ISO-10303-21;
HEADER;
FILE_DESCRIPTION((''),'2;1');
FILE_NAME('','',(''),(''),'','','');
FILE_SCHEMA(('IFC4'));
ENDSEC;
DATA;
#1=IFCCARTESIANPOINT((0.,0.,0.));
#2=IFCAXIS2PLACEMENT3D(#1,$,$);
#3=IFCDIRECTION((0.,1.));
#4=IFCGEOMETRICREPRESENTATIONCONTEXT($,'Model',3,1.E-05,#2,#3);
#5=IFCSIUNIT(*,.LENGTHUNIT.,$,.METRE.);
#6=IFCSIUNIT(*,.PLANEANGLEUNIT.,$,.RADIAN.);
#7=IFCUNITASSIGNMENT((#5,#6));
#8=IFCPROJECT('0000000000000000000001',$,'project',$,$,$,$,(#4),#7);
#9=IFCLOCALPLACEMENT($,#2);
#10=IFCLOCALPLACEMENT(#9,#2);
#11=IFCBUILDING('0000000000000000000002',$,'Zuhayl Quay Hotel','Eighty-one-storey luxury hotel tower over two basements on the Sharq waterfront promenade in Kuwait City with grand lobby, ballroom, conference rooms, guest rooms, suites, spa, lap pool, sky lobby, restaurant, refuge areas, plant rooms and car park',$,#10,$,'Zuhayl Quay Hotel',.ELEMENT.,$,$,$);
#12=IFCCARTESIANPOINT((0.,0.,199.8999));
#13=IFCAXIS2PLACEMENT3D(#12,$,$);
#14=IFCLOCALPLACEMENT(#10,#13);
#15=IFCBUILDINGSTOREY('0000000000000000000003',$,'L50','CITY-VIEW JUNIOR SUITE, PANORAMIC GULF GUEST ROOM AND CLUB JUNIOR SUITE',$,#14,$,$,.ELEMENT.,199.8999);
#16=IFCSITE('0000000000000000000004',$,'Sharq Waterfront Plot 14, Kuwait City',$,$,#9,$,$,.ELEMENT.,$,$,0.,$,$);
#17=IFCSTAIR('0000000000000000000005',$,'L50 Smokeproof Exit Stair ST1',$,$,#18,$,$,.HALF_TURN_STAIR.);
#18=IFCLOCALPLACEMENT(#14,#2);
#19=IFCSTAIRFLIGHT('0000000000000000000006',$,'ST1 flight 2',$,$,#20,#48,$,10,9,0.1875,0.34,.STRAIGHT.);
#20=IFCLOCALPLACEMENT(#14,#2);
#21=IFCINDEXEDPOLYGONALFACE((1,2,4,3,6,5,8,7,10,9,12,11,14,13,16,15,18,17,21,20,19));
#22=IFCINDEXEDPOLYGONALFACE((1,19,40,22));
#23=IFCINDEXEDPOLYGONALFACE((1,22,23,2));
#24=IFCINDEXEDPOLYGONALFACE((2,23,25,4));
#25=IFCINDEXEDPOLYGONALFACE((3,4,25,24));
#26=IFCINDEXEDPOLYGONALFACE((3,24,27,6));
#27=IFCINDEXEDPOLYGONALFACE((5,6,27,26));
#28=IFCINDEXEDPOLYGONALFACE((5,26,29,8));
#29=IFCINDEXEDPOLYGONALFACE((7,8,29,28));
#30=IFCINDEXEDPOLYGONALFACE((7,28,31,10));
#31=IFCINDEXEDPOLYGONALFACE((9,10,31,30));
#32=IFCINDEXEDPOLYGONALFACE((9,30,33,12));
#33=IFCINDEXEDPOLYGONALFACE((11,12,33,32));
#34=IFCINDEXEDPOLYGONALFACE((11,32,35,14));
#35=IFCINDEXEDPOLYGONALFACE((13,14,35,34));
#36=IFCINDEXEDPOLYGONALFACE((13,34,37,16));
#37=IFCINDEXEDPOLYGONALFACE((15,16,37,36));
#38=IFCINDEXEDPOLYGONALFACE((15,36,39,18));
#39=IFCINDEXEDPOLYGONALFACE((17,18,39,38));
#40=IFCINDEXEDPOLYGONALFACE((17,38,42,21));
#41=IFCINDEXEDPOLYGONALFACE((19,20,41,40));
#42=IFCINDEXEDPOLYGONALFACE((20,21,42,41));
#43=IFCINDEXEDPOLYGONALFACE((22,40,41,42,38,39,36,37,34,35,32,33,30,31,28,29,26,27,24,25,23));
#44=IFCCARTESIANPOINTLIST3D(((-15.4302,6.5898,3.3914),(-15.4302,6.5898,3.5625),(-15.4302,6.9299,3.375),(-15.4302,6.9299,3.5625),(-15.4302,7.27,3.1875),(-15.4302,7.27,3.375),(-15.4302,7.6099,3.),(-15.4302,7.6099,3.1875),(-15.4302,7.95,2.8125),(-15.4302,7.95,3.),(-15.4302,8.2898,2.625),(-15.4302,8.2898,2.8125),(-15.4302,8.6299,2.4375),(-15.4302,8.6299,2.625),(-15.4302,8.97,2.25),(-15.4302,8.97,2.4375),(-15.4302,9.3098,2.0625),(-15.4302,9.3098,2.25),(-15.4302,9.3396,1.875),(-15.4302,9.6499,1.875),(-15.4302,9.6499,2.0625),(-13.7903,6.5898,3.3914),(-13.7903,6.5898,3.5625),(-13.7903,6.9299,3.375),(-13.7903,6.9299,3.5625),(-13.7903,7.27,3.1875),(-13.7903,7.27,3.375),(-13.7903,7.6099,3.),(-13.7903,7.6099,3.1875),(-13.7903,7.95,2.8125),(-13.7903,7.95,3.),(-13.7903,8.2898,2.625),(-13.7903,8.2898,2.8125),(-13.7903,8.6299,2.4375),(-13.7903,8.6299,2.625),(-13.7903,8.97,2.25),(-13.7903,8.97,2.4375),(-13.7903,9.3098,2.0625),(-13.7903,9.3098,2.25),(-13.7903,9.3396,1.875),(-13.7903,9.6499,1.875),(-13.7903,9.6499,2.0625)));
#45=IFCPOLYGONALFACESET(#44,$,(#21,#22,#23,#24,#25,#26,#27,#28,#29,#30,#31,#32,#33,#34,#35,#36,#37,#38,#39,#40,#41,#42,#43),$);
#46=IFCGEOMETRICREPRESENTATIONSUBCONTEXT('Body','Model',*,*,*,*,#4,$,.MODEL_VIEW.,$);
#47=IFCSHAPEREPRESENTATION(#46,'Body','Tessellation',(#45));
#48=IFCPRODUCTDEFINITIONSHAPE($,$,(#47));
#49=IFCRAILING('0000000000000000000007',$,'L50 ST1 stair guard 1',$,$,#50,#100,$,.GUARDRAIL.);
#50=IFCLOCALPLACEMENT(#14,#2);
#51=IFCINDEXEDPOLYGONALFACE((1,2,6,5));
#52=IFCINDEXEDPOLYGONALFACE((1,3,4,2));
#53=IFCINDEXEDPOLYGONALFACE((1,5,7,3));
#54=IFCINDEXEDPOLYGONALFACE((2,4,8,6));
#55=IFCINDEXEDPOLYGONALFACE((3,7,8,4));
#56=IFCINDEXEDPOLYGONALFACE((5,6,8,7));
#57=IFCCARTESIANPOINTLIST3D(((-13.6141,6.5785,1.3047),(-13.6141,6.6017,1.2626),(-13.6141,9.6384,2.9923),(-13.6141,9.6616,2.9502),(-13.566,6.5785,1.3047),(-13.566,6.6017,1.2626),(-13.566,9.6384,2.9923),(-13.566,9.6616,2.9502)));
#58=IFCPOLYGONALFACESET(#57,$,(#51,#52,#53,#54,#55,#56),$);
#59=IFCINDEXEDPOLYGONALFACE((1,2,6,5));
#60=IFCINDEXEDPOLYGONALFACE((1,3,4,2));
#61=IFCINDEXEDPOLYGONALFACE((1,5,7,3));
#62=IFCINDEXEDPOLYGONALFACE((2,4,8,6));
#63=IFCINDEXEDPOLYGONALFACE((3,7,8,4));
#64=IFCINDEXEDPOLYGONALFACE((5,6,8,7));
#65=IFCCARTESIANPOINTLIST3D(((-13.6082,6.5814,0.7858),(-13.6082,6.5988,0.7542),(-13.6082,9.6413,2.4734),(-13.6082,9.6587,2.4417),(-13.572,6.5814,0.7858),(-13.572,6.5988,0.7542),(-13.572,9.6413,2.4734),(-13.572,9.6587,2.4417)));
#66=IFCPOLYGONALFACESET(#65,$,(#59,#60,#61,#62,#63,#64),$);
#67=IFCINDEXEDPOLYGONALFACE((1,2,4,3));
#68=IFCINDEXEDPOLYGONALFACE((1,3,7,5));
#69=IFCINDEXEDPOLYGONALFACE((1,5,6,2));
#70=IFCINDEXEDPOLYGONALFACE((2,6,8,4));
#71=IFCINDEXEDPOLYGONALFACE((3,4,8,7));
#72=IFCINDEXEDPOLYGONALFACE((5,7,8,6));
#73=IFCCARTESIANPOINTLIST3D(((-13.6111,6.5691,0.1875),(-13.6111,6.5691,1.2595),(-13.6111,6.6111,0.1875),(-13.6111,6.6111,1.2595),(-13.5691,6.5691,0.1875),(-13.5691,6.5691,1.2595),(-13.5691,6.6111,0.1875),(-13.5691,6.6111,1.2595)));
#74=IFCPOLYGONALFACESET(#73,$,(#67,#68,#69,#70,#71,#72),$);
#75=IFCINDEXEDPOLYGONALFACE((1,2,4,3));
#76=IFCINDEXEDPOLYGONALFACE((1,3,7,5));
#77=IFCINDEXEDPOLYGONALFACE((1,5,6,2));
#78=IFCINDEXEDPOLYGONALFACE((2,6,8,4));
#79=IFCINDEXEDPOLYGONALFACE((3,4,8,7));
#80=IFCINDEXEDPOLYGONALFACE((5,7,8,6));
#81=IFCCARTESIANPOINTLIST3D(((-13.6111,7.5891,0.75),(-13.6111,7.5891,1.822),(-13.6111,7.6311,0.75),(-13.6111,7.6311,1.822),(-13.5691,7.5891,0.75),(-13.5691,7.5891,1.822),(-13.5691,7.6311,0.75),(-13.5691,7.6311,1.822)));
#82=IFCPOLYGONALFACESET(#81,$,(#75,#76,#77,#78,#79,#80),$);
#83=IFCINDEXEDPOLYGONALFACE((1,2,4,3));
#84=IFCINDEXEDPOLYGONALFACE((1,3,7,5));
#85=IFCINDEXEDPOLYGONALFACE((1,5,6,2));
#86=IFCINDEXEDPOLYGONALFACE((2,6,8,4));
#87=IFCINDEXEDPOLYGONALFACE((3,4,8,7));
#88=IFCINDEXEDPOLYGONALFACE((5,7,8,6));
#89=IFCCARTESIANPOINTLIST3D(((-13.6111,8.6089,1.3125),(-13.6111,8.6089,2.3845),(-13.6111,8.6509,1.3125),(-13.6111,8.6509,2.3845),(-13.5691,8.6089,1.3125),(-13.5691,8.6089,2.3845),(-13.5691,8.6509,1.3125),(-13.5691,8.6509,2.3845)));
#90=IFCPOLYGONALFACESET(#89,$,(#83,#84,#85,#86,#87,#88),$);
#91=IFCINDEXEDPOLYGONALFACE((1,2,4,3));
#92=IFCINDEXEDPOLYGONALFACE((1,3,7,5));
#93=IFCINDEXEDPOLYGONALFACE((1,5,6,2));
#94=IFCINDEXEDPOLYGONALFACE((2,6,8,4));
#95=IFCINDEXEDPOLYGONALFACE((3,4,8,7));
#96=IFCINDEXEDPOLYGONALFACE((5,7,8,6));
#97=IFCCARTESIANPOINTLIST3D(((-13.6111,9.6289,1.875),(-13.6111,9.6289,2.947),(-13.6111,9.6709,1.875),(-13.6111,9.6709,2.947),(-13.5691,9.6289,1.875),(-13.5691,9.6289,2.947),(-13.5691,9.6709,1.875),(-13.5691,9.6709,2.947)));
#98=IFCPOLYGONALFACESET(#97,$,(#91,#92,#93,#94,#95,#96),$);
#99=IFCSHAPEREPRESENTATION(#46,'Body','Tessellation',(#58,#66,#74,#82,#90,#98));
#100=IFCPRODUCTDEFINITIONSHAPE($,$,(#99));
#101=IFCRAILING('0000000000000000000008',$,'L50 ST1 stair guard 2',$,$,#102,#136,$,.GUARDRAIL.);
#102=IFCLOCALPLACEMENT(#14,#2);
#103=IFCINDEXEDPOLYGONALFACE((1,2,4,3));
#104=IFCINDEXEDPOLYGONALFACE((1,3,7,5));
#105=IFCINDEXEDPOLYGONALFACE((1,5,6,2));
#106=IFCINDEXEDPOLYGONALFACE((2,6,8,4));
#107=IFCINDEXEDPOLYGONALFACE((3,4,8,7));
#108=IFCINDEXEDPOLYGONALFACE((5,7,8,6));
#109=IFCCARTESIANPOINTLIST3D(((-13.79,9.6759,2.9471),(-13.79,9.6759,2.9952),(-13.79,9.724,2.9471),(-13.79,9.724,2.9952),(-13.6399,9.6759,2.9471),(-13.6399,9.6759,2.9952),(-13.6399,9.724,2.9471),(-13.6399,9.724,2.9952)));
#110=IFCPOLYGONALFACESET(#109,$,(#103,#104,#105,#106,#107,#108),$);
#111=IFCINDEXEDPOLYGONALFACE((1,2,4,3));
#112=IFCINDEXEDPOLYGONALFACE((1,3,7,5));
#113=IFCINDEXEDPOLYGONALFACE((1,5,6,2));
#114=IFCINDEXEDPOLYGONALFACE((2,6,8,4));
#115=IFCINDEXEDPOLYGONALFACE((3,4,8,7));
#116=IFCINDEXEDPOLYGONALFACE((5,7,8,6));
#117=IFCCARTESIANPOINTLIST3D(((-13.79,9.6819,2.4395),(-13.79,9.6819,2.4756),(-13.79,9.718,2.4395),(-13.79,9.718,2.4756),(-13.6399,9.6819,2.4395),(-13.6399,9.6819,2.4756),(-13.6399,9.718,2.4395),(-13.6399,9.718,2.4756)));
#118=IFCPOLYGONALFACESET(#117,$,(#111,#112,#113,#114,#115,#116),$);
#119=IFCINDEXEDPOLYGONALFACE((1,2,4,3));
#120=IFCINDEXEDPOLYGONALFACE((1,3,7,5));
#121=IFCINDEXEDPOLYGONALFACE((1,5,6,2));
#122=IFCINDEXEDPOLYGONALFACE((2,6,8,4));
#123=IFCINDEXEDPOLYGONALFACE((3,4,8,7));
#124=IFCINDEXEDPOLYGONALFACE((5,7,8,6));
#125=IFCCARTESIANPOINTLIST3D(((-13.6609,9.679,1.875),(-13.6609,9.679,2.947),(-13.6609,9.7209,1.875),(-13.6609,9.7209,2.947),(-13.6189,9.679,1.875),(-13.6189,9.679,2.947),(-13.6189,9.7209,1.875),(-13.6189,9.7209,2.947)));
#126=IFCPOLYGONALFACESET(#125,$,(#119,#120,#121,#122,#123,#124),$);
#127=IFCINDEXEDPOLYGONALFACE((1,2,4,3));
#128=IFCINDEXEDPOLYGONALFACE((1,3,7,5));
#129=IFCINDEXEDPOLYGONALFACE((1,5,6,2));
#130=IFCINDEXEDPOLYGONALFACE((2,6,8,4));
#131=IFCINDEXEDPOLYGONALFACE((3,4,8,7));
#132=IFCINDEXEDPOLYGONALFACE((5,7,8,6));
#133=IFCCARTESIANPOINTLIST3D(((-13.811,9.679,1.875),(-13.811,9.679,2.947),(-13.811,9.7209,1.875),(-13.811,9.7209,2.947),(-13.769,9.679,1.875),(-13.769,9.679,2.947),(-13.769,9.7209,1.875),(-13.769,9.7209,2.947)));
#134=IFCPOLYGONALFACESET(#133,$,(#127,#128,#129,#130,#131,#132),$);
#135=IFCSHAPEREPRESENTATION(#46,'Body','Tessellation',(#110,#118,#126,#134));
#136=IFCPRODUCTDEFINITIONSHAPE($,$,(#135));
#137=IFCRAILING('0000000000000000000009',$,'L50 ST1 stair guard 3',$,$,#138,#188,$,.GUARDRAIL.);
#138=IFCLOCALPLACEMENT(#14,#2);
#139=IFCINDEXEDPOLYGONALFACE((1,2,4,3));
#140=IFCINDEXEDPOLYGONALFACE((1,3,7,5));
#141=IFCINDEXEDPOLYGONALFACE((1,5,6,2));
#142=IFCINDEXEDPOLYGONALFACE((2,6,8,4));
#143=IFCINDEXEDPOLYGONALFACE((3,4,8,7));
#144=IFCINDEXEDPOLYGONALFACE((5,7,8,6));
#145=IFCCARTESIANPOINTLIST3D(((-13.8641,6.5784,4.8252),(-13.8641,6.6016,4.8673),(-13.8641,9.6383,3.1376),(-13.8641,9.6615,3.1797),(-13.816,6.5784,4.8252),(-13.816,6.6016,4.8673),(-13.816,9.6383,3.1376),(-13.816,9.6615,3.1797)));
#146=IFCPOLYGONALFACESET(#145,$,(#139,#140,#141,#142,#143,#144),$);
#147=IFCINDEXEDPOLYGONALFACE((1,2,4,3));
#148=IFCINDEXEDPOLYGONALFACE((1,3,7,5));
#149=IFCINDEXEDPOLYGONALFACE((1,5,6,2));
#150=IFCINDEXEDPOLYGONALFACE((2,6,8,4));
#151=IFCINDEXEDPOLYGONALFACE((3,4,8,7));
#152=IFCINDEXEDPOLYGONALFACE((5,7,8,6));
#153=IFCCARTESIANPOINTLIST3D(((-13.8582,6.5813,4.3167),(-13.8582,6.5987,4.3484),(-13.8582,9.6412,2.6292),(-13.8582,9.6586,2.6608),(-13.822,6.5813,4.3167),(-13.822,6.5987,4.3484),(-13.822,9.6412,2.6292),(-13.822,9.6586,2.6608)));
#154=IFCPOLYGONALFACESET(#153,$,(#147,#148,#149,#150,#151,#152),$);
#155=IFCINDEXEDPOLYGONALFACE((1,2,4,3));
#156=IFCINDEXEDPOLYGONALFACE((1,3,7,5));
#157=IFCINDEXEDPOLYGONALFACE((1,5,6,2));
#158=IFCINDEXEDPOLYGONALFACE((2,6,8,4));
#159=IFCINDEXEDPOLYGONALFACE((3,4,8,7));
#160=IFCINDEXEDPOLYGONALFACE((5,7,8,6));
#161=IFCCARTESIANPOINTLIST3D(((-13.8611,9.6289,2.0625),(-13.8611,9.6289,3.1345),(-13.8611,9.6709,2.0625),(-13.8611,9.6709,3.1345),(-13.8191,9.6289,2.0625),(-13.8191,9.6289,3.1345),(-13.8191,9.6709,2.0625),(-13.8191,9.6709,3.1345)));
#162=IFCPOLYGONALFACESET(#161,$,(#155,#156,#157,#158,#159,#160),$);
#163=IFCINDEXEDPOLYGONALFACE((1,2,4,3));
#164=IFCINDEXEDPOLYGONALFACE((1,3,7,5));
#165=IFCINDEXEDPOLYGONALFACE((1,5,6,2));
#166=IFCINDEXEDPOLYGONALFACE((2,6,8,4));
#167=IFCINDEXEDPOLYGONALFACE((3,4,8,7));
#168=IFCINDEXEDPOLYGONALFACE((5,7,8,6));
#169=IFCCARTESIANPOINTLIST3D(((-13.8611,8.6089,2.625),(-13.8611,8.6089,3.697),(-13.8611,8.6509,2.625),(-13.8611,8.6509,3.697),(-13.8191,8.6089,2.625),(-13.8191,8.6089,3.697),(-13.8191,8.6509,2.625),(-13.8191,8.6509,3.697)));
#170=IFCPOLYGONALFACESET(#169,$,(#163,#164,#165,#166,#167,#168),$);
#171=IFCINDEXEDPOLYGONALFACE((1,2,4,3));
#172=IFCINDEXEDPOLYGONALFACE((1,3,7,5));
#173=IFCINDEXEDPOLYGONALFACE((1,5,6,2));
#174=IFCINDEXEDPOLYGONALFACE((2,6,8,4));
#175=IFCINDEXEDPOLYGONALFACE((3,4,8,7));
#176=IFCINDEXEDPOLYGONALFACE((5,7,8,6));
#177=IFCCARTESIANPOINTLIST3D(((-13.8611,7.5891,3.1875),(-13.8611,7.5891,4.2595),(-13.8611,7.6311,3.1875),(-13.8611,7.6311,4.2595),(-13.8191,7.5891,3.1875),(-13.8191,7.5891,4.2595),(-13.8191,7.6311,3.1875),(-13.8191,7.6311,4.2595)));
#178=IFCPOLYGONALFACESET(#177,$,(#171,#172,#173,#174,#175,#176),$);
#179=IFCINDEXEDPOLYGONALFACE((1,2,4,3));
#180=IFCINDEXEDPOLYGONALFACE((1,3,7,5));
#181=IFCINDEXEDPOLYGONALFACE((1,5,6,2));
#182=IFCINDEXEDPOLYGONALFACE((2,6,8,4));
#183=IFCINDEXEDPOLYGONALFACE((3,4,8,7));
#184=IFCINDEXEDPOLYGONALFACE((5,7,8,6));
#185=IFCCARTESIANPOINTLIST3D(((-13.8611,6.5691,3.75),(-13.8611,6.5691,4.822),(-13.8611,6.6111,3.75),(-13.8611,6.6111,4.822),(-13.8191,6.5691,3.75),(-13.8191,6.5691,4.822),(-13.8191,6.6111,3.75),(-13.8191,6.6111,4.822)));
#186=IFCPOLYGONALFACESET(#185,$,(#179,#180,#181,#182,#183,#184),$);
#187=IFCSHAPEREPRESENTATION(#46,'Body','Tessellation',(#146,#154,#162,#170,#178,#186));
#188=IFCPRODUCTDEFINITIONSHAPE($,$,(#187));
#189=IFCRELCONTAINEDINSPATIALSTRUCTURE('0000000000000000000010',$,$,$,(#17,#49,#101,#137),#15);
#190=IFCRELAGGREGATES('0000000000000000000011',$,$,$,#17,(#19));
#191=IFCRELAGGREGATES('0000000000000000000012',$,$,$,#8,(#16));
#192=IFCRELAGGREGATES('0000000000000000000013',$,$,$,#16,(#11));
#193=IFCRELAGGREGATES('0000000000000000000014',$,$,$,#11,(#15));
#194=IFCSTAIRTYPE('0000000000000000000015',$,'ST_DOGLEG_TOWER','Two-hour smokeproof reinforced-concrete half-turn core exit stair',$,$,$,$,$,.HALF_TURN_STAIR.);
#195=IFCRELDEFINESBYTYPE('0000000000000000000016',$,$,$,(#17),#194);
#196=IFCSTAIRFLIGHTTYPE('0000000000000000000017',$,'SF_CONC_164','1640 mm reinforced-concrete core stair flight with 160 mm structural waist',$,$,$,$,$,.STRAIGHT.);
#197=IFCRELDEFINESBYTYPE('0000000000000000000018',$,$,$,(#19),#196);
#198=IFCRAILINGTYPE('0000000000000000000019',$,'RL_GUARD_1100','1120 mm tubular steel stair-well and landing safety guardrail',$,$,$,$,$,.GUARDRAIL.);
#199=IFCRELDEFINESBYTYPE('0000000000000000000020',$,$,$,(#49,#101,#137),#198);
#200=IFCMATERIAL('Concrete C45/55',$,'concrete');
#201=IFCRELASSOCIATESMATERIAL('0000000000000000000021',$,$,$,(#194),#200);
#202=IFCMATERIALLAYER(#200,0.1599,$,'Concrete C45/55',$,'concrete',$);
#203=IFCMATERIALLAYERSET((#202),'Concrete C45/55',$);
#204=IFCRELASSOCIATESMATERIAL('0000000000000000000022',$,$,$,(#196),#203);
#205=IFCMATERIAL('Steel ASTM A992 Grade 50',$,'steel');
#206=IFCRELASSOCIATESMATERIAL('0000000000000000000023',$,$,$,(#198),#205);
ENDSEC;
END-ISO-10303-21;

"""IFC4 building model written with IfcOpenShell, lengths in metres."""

from ifc_helpers import new_model, si_unit, direction, frame, origin, origin_2d, place, context, subcontext, project, spatial, polyline, rectangle, outline, extrude, material, layer, layer_set, type_object, element, aggregate, save


model = new_model("IFC4")

# Units and contexts
model_context = context("Model", 3, precision=1e-05, world=origin(), true_north=direction((0.0, 1.0)))
body_context = subcontext(model_context, "Body", "Model", "MODEL_VIEW")
ifc_project = project(units=[si_unit("LENGTHUNIT", "METRE"), si_unit("PLANEANGLEUNIT", "RADIAN")], contexts=[model_context])

# Site, building, storey
site_placement = place(None, origin())
site = spatial("IfcSite", under=ifc_project, at=site_placement, Name="Sharq Waterfront Plot 14, Kuwait City", CompositionType="ELEMENT", RefElevation=0.0)
building_placement = place(site_placement, origin())
building = spatial("IfcBuilding", under=site, at=building_placement, Name="Zuhayl Quay Hotel", Description="Eighty-one-storey luxury hotel tower over two basements on the Sharq waterfront promenade in Kuwait City with grand lobby, ballroom, conference rooms, guest rooms, suites, spa, lap pool, sky lobby, restaurant, refuge areas, plant rooms and car park", LongName="Zuhayl Quay Hotel", CompositionType="ELEMENT")
storey_placement = place(building_placement, frame((0.0, 0.0, 199.8999)))
storey = spatial("IfcBuildingStorey", under=building, at=storey_placement, Name="L50", Description="CITY-VIEW JUNIOR SUITE, PANORAMIC GULF GUEST ROOM AND CLUB JUNIOR SUITE", CompositionType="ELEMENT", Elevation=199.8999)

# Shared definitions
ifc_material_1 = material(Name="Steel ASTM A992 Grade 50", Category="steel")

# Stair, stair flight
ifc_material_2 = material(Name="Concrete C45/55", Category="concrete")
stair_type = type_object("IfcStairType", Name="ST_DOGLEG_TOWER", Description="Two-hour smokeproof reinforced-concrete half-turn core exit stair", PredefinedType="HALF_TURN_STAIR", material=ifc_material_2)
stair_placement = place(storey_placement, origin())
stair = element("IfcStair", 1, at=stair_placement, inside=storey, type_object=stair_type, Name="L50 Smokeproof Exit Stair ST1", PredefinedType="HALF_TURN_STAIR")
ifc_layer_1 = layer(ifc_material_2, 0.1599, Name="Concrete C45/55", Category="concrete")
ifc_layer_set_1 = layer_set([ifc_layer_1], Name="Concrete C45/55")
stair_flight_type = type_object("IfcStairFlightType", Name="SF_CONC_164", Description="1640 mm reinforced-concrete core stair flight with 160 mm structural waist", PredefinedType="STRAIGHT", material=ifc_layer_set_1)
stair_flight_1_placement = place(storey_placement, frame((-14.6101, 9.6499, 1.875), z_axis=(0.0, 0.0, 1.0), x_axis=(0.0, -1.0, 0.0)))
stair_flight_1 = element("IfcStairFlight", 2, at=stair_flight_1_placement, type_object=stair_flight_type, Name="ST1 flight 2", NumberOfRisers=10, NumberOfTreads=9, PredefinedType="STRAIGHT", RiserHeight=0.1875, TreadLength=0.34, context=body_context, shape_type="SweptSolid", body=[
    extrude(outline(polyline([(0.0, 0.0), (0.0, 0.1875), (0.3401, 0.1875), (0.3401, 0.375), (0.6799, 0.375), (0.6799, 0.5625), (1.02, 0.5625), (1.02, 0.75), (1.3601, 0.75), (1.3601, 0.9375), (1.7, 0.9375), (1.7, 1.125), (2.04, 1.125), (2.04, 1.3125), (2.3799, 1.3125), (2.3799, 1.5), (2.72, 1.5), (2.72, 1.6875), (3.0601, 1.6875), (3.0601, 1.875), (3.0601, 1.5164), (0.3103, 0.0), (0.0, 0.0)])), frame((0.0, 0.8198, 0.0), z_axis=(0.0, -1.0, 0.0), x_axis=(1.0, 0.0, 0.0)), (0.0, 0.0, 1.0), 1.6399),
])
aggregate(stair, [stair_flight_1])

# Railings
railing_type_1 = type_object("IfcRailingType", Name="RL_GUARD_1100", Description="1120 mm tubular steel stair-well and landing safety guardrail", PredefinedType="GUARDRAIL", material=ifc_material_1)
railing_1_placement = place(storey_placement, frame((-13.5901, 6.5901, 0.1875)))
element("IfcRailing", 3, at=railing_1_placement, inside=storey, type_object=railing_type_1, Name="L50 ST1 stair guard 1", PredefinedType="GUARDRAIL", context=body_context, shape_type="SweptSolid", body=[
    extrude(rectangle(XDim=0.0481, YDim=0.0481, at=origin_2d()), frame((0.0, 0.0, 1.0962), z_axis=(0.0, 0.875659, 0.48293), x_axis=(-1.0, 0.0, 0.0)), (0.0, 0.0, 1.0), 3.4944),
    extrude(rectangle(XDim=0.0361, YDim=0.0361, at=origin_2d()), frame((0.0, 0.0, 0.5825), z_axis=(0.0, 0.875659, 0.48293), x_axis=(-1.0, 0.0, 0.0)), (0.0, 0.0, 1.0), 3.4944),
    extrude(rectangle(XDim=0.042, YDim=0.042, at=origin_2d()), origin(), (0.0, 0.0, 1.0), 1.072),
    extrude(rectangle(XDim=0.042, YDim=0.042, at=origin_2d()), frame((0.0, 1.02, 0.5625)), (0.0, 0.0, 1.0), 1.072),
    extrude(rectangle(XDim=0.042, YDim=0.042, at=origin_2d()), frame((0.0, 2.0398, 1.125)), (0.0, 0.0, 1.0), 1.072),
    extrude(rectangle(XDim=0.042, YDim=0.042, at=origin_2d()), frame((0.0, 3.0598, 1.6875)), (0.0, 0.0, 1.0), 1.072),
])
railing_2_placement = place(storey_placement, frame((-13.6399, 9.7, 1.875)))
element("IfcRailing", 4, at=railing_2_placement, inside=storey, type_object=railing_type_1, Name="L50 ST1 stair guard 2", PredefinedType="GUARDRAIL", context=body_context, shape_type="SweptSolid", body=[
    extrude(rectangle(XDim=0.0481, YDim=0.0481, at=origin_2d()), frame((0.0, 0.0, 1.0962), z_axis=(-1.0, 0.0, 0.0), x_axis=(0.0, -1.0, 0.0)), (0.0, 0.0, 1.0), 0.1501),
    extrude(rectangle(XDim=0.0361, YDim=0.0361, at=origin_2d()), frame((0.0, 0.0, 0.5825), z_axis=(-1.0, 0.0, 0.0), x_axis=(0.0, -1.0, 0.0)), (0.0, 0.0, 1.0), 0.1501),
    extrude(rectangle(XDim=0.042, YDim=0.042, at=origin_2d()), origin(), (0.0, 0.0, 1.0), 1.072),
    extrude(rectangle(XDim=0.042, YDim=0.042, at=origin_2d()), frame((-0.1501, 0.0, 0.0)), (0.0, 0.0, 1.0), 1.072),
])
railing_3_placement = place(storey_placement, frame((-13.8401, 9.6499, 2.0625)))
element("IfcRailing", 5, at=railing_3_placement, inside=storey, type_object=railing_type_1, Name="L50 ST1 stair guard 3", PredefinedType="GUARDRAIL", context=body_context, shape_type="SweptSolid", body=[
    extrude(rectangle(XDim=0.0481, YDim=0.0481, at=origin_2d()), frame((0.0, 0.0, 1.0962), z_axis=(0.0, -0.875659, 0.48293), x_axis=(1.0, 0.0, 0.0)), (0.0, 0.0, 1.0), 3.4944),
    extrude(rectangle(XDim=0.0361, YDim=0.0361, at=origin_2d()), frame((0.0, 0.0, 0.5825), z_axis=(0.0, -0.875659, 0.48293), x_axis=(1.0, 0.0, 0.0)), (0.0, 0.0, 1.0), 3.4944),
    extrude(rectangle(XDim=0.042, YDim=0.042, at=origin_2d()), origin(), (0.0, 0.0, 1.0), 1.072),
    extrude(rectangle(XDim=0.042, YDim=0.042, at=origin_2d()), frame((0.0, -1.02, 0.5625)), (0.0, 0.0, 1.0), 1.072),
    extrude(rectangle(XDim=0.042, YDim=0.042, at=origin_2d()), frame((0.0, -2.0398, 1.125)), (0.0, 0.0, 1.0), 1.072),
    extrude(rectangle(XDim=0.042, YDim=0.042, at=origin_2d()), frame((0.0, -3.0598, 1.6875)), (0.0, 0.0, 1.0), 1.072),
])

save(model, "model.ifc")
